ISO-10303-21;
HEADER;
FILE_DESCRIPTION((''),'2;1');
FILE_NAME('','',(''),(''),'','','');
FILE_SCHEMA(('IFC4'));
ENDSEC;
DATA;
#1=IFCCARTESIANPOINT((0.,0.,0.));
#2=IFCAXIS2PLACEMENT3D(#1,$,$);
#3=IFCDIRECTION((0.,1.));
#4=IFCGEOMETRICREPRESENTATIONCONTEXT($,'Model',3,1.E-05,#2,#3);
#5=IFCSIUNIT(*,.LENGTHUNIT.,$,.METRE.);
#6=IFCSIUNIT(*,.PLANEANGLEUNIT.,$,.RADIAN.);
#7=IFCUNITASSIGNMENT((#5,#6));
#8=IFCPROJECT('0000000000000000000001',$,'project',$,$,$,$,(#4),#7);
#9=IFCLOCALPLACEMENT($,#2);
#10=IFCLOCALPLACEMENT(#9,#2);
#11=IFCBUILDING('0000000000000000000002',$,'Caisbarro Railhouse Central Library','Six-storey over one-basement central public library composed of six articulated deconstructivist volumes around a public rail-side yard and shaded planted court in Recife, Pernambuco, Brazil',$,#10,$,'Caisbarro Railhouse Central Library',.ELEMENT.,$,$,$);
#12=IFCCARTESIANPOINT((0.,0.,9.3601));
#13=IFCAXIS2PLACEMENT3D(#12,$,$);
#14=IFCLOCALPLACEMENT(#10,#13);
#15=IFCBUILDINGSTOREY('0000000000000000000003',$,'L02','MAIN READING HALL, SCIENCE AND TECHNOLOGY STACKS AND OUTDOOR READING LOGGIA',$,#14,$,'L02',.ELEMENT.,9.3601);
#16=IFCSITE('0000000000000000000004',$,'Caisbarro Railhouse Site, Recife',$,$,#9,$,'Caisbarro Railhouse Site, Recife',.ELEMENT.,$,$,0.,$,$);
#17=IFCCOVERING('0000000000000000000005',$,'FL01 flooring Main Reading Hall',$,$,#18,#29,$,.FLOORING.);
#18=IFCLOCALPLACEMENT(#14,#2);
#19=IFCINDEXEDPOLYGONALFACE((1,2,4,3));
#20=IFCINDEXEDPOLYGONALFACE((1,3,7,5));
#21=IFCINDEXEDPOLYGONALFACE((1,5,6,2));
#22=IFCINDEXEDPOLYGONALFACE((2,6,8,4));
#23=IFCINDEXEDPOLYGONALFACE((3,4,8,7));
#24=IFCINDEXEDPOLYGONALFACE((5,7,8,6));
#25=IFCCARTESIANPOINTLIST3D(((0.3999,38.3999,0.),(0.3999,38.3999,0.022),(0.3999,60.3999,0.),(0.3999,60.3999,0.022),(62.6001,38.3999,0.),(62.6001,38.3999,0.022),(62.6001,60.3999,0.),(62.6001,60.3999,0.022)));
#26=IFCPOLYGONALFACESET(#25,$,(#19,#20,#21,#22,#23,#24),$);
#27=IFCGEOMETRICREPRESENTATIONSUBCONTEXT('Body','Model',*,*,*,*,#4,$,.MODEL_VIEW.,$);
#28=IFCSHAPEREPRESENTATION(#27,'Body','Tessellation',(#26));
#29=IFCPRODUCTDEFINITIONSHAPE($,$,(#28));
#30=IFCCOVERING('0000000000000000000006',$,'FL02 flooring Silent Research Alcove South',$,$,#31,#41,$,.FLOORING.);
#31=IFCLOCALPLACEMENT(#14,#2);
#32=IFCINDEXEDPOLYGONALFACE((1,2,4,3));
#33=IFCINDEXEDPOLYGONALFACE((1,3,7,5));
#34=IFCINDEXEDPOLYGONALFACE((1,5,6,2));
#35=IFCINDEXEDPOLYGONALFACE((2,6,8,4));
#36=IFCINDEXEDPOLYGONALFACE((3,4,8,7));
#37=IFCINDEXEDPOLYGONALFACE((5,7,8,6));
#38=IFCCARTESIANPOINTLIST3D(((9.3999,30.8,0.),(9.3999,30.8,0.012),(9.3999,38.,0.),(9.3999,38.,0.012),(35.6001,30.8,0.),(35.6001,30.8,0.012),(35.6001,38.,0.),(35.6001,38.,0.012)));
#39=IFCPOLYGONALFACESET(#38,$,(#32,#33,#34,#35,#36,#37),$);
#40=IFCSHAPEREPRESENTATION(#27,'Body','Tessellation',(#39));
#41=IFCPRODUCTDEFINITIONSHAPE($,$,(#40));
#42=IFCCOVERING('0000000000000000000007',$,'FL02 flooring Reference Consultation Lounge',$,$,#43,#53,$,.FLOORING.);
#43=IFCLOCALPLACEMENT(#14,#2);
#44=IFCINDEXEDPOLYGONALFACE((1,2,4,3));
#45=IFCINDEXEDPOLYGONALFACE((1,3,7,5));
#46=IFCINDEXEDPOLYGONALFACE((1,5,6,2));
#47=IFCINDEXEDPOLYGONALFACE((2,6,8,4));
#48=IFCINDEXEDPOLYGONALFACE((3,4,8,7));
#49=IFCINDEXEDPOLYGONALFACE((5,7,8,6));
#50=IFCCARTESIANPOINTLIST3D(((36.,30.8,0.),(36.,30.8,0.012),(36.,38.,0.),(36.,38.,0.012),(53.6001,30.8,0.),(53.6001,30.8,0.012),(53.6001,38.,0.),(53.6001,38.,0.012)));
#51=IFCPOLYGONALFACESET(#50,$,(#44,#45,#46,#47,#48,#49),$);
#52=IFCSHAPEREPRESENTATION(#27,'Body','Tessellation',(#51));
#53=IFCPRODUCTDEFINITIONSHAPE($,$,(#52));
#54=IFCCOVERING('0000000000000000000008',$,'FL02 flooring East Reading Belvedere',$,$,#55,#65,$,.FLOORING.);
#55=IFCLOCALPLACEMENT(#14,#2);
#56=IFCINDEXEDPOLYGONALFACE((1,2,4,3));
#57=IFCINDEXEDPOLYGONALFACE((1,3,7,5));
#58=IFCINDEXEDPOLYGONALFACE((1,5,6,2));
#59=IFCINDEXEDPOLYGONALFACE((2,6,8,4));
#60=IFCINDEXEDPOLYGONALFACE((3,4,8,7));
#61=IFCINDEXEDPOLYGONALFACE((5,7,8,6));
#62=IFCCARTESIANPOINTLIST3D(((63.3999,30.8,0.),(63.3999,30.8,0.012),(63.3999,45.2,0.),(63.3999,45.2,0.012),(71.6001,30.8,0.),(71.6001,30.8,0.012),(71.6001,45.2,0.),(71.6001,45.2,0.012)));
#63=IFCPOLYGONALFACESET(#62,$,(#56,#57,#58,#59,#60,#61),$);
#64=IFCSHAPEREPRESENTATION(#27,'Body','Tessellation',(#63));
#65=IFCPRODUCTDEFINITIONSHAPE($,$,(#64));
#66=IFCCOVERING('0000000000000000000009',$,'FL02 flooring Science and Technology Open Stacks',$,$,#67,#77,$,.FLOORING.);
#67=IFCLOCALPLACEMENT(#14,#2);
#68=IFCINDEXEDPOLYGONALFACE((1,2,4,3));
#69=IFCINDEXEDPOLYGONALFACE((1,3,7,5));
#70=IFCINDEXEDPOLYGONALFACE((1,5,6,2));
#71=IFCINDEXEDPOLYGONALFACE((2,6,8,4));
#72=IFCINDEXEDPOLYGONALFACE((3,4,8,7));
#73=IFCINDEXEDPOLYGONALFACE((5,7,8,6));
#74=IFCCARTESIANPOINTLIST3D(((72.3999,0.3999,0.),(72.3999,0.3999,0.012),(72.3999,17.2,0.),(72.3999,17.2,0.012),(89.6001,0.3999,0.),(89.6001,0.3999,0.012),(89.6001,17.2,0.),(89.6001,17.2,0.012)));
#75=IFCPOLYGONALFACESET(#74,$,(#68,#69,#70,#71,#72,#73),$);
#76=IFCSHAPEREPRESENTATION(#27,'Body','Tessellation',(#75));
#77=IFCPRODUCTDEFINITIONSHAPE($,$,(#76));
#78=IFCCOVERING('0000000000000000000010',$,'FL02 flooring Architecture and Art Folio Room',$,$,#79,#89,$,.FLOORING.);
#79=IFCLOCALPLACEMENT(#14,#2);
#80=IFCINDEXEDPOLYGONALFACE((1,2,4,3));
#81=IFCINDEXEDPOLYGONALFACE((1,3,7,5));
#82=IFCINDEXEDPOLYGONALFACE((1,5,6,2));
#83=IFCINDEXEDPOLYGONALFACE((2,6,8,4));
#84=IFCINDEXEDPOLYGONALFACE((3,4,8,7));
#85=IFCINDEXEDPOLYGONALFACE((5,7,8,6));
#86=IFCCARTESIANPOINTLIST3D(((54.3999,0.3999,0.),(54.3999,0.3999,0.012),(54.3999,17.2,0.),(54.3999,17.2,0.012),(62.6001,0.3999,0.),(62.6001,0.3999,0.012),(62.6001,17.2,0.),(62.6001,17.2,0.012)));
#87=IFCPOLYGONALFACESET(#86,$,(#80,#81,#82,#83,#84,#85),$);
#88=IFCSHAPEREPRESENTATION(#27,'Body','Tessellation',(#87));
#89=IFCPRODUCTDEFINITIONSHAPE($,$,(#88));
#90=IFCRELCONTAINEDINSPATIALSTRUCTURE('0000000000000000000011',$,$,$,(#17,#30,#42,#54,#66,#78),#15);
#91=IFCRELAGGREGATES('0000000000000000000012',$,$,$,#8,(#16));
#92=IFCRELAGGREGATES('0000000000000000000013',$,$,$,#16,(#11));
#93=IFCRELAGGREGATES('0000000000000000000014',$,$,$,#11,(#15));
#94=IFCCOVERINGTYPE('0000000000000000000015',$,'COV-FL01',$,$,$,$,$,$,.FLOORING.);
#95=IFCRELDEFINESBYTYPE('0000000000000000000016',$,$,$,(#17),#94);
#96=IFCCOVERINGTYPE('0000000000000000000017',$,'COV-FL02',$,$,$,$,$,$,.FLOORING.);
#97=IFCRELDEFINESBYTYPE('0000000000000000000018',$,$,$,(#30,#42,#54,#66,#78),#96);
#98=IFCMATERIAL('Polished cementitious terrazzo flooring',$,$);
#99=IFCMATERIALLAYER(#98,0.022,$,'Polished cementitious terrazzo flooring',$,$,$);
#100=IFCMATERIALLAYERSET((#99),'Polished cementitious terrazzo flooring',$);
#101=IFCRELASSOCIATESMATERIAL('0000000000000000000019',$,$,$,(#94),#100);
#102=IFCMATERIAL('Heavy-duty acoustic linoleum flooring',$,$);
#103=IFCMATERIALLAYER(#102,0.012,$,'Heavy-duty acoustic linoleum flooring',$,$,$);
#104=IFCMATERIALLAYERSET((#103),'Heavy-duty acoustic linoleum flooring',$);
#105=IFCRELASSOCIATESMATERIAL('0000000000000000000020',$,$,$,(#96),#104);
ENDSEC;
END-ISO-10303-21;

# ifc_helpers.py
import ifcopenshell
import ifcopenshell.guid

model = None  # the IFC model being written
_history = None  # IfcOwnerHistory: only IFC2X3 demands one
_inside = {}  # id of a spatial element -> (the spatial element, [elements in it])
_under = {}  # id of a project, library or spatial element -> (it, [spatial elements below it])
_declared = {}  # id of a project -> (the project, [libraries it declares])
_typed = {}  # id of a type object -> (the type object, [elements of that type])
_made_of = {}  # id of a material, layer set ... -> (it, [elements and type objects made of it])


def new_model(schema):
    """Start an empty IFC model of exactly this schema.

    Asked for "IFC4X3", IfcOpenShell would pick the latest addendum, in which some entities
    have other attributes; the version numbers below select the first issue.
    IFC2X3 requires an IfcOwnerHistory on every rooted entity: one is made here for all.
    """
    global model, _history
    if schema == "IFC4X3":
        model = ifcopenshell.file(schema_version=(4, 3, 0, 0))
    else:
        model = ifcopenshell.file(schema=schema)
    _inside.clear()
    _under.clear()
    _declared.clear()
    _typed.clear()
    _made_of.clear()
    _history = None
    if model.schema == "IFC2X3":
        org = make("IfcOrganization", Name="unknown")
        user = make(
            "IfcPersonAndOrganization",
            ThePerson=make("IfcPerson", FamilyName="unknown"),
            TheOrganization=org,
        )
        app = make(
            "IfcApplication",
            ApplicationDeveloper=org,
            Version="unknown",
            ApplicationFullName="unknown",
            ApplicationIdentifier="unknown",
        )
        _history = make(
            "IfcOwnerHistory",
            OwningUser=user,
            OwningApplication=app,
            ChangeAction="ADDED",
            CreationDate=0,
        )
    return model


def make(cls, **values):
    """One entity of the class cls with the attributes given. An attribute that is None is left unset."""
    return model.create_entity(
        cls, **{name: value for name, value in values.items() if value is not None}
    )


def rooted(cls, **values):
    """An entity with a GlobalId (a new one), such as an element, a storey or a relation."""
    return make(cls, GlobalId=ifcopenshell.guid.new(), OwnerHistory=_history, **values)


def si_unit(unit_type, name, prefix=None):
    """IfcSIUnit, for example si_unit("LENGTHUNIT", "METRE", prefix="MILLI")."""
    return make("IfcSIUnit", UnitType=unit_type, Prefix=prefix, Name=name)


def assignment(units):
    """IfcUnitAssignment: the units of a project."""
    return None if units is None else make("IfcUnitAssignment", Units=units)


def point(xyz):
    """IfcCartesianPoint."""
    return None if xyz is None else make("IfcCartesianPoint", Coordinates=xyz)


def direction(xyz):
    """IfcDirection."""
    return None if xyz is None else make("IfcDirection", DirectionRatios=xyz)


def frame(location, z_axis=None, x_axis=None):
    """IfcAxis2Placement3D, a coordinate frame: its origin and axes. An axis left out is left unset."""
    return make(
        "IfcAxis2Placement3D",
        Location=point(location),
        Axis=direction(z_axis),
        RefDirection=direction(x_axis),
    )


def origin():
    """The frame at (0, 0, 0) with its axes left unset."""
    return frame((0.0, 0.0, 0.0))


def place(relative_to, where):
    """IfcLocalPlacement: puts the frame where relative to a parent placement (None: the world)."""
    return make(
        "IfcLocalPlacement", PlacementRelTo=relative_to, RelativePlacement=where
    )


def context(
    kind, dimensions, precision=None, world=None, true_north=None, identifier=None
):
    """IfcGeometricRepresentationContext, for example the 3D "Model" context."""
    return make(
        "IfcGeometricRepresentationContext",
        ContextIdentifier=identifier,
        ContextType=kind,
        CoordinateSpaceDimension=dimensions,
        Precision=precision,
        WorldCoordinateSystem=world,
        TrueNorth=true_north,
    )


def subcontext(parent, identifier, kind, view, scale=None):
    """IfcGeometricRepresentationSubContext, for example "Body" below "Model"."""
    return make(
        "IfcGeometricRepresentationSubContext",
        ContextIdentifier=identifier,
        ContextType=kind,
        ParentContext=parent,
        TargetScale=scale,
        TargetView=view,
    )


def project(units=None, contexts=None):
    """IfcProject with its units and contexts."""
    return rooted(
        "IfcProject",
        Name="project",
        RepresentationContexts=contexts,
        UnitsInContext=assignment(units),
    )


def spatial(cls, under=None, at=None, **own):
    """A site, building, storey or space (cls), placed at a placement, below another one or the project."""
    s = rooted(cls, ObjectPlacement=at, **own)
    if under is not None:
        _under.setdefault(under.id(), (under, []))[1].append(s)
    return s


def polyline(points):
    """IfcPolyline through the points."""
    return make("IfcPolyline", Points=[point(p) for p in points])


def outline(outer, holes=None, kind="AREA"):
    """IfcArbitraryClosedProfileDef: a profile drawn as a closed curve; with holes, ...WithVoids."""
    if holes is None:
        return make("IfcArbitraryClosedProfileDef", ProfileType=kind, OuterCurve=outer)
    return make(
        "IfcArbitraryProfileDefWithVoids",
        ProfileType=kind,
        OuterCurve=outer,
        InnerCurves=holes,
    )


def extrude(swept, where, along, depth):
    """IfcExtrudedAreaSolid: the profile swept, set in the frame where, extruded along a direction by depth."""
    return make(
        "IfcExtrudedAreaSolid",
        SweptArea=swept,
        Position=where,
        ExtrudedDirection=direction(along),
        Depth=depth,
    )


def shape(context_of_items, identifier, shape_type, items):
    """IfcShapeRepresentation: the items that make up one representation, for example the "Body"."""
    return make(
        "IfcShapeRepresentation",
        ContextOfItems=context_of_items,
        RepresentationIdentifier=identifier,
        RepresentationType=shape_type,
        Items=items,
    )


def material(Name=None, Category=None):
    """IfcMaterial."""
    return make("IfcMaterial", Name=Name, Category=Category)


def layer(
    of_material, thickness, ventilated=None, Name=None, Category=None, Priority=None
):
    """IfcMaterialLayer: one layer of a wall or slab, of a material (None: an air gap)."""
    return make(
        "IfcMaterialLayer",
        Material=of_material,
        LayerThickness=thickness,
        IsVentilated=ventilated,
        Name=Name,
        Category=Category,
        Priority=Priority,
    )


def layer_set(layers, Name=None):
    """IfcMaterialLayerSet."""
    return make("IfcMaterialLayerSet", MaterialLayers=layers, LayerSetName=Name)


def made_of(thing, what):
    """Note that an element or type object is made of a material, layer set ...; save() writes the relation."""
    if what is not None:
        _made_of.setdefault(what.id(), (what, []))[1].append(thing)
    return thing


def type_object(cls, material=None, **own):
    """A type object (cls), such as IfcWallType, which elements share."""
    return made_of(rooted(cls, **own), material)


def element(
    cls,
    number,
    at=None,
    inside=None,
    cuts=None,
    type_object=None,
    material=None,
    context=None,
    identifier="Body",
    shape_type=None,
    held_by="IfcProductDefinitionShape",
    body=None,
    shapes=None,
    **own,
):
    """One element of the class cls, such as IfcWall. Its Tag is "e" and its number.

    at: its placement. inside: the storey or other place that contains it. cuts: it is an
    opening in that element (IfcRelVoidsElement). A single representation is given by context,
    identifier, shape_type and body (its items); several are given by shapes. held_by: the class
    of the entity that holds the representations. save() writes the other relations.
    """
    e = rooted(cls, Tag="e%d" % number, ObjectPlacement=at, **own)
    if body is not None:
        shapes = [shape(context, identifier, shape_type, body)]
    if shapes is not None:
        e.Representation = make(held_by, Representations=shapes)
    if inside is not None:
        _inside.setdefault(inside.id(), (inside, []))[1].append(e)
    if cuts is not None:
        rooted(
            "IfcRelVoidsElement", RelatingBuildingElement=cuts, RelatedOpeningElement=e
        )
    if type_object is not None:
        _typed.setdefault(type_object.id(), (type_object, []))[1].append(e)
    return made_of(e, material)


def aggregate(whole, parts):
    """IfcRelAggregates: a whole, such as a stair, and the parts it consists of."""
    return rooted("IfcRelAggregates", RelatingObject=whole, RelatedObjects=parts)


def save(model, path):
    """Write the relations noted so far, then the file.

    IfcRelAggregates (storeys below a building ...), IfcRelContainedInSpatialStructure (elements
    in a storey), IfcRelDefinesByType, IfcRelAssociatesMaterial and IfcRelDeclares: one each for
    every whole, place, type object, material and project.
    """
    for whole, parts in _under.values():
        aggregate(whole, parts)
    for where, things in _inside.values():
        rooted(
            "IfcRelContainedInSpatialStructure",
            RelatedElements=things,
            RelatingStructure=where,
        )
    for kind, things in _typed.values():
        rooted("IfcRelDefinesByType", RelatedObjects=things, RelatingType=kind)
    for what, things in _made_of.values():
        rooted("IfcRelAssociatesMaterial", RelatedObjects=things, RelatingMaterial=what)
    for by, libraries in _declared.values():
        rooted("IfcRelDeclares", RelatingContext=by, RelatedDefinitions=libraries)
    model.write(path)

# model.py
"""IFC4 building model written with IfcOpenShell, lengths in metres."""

from ifc_helpers import new_model, si_unit, direction, frame, origin, place, context, subcontext, project, spatial, polyline, outline, extrude, material, layer, layer_set, type_object, element, save


model = new_model("IFC4")

# Units and contexts
model_context = context("Model", 3, precision=1e-05, world=origin(), true_north=direction((0.0, 1.0)))
body_context = subcontext(model_context, "Body", "Model", "MODEL_VIEW")
ifc_project = project(units=[si_unit("LENGTHUNIT", "METRE"), si_unit("PLANEANGLEUNIT", "RADIAN")], contexts=[model_context])

# Site, building, storey
site_placement = place(None, origin())
site = spatial("IfcSite", under=ifc_project, at=site_placement, Name="Caisbarro Railhouse Site, Recife", LongName="Caisbarro Railhouse Site, Recife", CompositionType="ELEMENT", RefElevation=0.0)
building_placement = place(site_placement, origin())
building = spatial("IfcBuilding", under=site, at=building_placement, Name="Caisbarro Railhouse Central Library", Description="Six-storey over one-basement central public library composed of six articulated deconstructivist volumes around a public rail-side yard and shaded planted court in Recife, Pernambuco, Brazil", LongName="Caisbarro Railhouse Central Library", CompositionType="ELEMENT")
storey_placement = place(building_placement, frame((0.0, 0.0, 9.3601)))
storey = spatial("IfcBuildingStorey", under=building, at=storey_placement, Name="L02", Description="MAIN READING HALL, SCIENCE AND TECHNOLOGY STACKS AND OUTDOOR READING LOGGIA", LongName="L02", CompositionType="ELEMENT", Elevation=9.3601)

# Coverings
ifc_material_1 = material(Name="Polished cementitious terrazzo flooring")
ifc_layer_1 = layer(ifc_material_1, 0.022, Name="Polished cementitious terrazzo flooring")
ifc_layer_set_1 = layer_set([ifc_layer_1], Name="Polished cementitious terrazzo flooring")
covering_type_1 = type_object("IfcCoveringType", Name="COV-FL01", PredefinedType="FLOORING", material=ifc_layer_set_1)
covering_1_placement = place(storey_placement, origin())
element("IfcCovering", 1, at=covering_1_placement, inside=storey, type_object=covering_type_1, Name="FL01 flooring Main Reading Hall", PredefinedType="FLOORING", context=body_context, shape_type="SweptSolid", body=[
    extrude(outline(polyline([(0.3999, 38.3999), (62.6001, 38.3999), (62.6001, 60.3999), (0.3999, 60.3999), (0.3999, 38.3999)])), origin(), (0.0, 0.0, 1.0), 0.022),
])
ifc_material_2 = material(Name="Heavy-duty acoustic linoleum flooring")
ifc_layer_2 = layer(ifc_material_2, 0.012, Name="Heavy-duty acoustic linoleum flooring")
ifc_layer_set_2 = layer_set([ifc_layer_2], Name="Heavy-duty acoustic linoleum flooring")
covering_type_2 = type_object("IfcCoveringType", Name="COV-FL02", PredefinedType="FLOORING", material=ifc_layer_set_2)
covering_2_placement = place(storey_placement, origin())
element("IfcCovering", 2, at=covering_2_placement, inside=storey, type_object=covering_type_2, Name="FL02 flooring Silent Research Alcove South", PredefinedType="FLOORING", context=body_context, shape_type="SweptSolid", body=[
    extrude(outline(polyline([(9.3999, 30.8), (35.6001, 30.8), (35.6001, 38.0), (9.3999, 38.0), (9.3999, 30.8)])), origin(), (0.0, 0.0, 1.0), 0.012),
])
covering_3_placement = place(storey_placement, origin())
element("IfcCovering", 3, at=covering_3_placement, inside=storey, type_object=covering_type_2, Name="FL02 flooring Reference Consultation Lounge", PredefinedType="FLOORING", context=body_context, shape_type="SweptSolid", body=[
    extrude(outline(polyline([(36.0, 30.8), (53.6001, 30.8), (53.6001, 38.0), (36.0, 38.0), (36.0, 30.8)])), origin(), (0.0, 0.0, 1.0), 0.012),
])
covering_4_placement = place(storey_placement, origin())
element("IfcCovering", 4, at=covering_4_placement, inside=storey, type_object=covering_type_2, Name="FL02 flooring East Reading Belvedere", PredefinedType="FLOORING", context=body_context, shape_type="SweptSolid", body=[
    extrude(outline(polyline([(63.3999, 30.8), (71.6001, 30.8), (71.6001, 45.2), (63.3999, 45.2), (63.3999, 30.8)])), origin(), (0.0, 0.0, 1.0), 0.012),
])
covering_5_placement = place(storey_placement, origin())
element("IfcCovering", 5, at=covering_5_placement, inside=storey, type_object=covering_type_2, Name="FL02 flooring Science and Technology Open Stacks", PredefinedType="FLOORING", context=body_context, shape_type="SweptSolid", body=[
    extrude(outline(polyline([(72.3999, 0.3999), (89.6001, 0.3999), (89.6001, 17.2), (72.3999, 17.2), (72.3999, 0.3999)])), origin(), (0.0, 0.0, 1.0), 0.012),
])
covering_6_placement = place(storey_placement, origin())
element("IfcCovering", 6, at=covering_6_placement, inside=storey, type_object=covering_type_2, Name="FL02 flooring Architecture and Art Folio Room", PredefinedType="FLOORING", context=body_context, shape_type="SweptSolid", body=[
    extrude(outline(polyline([(54.3999, 0.3999), (62.6001, 0.3999), (62.6001, 17.2), (54.3999, 17.2), (54.3999, 0.3999)])), origin(), (0.0, 0.0, 1.0), 0.012),
])

save(model, "model.ifc")
